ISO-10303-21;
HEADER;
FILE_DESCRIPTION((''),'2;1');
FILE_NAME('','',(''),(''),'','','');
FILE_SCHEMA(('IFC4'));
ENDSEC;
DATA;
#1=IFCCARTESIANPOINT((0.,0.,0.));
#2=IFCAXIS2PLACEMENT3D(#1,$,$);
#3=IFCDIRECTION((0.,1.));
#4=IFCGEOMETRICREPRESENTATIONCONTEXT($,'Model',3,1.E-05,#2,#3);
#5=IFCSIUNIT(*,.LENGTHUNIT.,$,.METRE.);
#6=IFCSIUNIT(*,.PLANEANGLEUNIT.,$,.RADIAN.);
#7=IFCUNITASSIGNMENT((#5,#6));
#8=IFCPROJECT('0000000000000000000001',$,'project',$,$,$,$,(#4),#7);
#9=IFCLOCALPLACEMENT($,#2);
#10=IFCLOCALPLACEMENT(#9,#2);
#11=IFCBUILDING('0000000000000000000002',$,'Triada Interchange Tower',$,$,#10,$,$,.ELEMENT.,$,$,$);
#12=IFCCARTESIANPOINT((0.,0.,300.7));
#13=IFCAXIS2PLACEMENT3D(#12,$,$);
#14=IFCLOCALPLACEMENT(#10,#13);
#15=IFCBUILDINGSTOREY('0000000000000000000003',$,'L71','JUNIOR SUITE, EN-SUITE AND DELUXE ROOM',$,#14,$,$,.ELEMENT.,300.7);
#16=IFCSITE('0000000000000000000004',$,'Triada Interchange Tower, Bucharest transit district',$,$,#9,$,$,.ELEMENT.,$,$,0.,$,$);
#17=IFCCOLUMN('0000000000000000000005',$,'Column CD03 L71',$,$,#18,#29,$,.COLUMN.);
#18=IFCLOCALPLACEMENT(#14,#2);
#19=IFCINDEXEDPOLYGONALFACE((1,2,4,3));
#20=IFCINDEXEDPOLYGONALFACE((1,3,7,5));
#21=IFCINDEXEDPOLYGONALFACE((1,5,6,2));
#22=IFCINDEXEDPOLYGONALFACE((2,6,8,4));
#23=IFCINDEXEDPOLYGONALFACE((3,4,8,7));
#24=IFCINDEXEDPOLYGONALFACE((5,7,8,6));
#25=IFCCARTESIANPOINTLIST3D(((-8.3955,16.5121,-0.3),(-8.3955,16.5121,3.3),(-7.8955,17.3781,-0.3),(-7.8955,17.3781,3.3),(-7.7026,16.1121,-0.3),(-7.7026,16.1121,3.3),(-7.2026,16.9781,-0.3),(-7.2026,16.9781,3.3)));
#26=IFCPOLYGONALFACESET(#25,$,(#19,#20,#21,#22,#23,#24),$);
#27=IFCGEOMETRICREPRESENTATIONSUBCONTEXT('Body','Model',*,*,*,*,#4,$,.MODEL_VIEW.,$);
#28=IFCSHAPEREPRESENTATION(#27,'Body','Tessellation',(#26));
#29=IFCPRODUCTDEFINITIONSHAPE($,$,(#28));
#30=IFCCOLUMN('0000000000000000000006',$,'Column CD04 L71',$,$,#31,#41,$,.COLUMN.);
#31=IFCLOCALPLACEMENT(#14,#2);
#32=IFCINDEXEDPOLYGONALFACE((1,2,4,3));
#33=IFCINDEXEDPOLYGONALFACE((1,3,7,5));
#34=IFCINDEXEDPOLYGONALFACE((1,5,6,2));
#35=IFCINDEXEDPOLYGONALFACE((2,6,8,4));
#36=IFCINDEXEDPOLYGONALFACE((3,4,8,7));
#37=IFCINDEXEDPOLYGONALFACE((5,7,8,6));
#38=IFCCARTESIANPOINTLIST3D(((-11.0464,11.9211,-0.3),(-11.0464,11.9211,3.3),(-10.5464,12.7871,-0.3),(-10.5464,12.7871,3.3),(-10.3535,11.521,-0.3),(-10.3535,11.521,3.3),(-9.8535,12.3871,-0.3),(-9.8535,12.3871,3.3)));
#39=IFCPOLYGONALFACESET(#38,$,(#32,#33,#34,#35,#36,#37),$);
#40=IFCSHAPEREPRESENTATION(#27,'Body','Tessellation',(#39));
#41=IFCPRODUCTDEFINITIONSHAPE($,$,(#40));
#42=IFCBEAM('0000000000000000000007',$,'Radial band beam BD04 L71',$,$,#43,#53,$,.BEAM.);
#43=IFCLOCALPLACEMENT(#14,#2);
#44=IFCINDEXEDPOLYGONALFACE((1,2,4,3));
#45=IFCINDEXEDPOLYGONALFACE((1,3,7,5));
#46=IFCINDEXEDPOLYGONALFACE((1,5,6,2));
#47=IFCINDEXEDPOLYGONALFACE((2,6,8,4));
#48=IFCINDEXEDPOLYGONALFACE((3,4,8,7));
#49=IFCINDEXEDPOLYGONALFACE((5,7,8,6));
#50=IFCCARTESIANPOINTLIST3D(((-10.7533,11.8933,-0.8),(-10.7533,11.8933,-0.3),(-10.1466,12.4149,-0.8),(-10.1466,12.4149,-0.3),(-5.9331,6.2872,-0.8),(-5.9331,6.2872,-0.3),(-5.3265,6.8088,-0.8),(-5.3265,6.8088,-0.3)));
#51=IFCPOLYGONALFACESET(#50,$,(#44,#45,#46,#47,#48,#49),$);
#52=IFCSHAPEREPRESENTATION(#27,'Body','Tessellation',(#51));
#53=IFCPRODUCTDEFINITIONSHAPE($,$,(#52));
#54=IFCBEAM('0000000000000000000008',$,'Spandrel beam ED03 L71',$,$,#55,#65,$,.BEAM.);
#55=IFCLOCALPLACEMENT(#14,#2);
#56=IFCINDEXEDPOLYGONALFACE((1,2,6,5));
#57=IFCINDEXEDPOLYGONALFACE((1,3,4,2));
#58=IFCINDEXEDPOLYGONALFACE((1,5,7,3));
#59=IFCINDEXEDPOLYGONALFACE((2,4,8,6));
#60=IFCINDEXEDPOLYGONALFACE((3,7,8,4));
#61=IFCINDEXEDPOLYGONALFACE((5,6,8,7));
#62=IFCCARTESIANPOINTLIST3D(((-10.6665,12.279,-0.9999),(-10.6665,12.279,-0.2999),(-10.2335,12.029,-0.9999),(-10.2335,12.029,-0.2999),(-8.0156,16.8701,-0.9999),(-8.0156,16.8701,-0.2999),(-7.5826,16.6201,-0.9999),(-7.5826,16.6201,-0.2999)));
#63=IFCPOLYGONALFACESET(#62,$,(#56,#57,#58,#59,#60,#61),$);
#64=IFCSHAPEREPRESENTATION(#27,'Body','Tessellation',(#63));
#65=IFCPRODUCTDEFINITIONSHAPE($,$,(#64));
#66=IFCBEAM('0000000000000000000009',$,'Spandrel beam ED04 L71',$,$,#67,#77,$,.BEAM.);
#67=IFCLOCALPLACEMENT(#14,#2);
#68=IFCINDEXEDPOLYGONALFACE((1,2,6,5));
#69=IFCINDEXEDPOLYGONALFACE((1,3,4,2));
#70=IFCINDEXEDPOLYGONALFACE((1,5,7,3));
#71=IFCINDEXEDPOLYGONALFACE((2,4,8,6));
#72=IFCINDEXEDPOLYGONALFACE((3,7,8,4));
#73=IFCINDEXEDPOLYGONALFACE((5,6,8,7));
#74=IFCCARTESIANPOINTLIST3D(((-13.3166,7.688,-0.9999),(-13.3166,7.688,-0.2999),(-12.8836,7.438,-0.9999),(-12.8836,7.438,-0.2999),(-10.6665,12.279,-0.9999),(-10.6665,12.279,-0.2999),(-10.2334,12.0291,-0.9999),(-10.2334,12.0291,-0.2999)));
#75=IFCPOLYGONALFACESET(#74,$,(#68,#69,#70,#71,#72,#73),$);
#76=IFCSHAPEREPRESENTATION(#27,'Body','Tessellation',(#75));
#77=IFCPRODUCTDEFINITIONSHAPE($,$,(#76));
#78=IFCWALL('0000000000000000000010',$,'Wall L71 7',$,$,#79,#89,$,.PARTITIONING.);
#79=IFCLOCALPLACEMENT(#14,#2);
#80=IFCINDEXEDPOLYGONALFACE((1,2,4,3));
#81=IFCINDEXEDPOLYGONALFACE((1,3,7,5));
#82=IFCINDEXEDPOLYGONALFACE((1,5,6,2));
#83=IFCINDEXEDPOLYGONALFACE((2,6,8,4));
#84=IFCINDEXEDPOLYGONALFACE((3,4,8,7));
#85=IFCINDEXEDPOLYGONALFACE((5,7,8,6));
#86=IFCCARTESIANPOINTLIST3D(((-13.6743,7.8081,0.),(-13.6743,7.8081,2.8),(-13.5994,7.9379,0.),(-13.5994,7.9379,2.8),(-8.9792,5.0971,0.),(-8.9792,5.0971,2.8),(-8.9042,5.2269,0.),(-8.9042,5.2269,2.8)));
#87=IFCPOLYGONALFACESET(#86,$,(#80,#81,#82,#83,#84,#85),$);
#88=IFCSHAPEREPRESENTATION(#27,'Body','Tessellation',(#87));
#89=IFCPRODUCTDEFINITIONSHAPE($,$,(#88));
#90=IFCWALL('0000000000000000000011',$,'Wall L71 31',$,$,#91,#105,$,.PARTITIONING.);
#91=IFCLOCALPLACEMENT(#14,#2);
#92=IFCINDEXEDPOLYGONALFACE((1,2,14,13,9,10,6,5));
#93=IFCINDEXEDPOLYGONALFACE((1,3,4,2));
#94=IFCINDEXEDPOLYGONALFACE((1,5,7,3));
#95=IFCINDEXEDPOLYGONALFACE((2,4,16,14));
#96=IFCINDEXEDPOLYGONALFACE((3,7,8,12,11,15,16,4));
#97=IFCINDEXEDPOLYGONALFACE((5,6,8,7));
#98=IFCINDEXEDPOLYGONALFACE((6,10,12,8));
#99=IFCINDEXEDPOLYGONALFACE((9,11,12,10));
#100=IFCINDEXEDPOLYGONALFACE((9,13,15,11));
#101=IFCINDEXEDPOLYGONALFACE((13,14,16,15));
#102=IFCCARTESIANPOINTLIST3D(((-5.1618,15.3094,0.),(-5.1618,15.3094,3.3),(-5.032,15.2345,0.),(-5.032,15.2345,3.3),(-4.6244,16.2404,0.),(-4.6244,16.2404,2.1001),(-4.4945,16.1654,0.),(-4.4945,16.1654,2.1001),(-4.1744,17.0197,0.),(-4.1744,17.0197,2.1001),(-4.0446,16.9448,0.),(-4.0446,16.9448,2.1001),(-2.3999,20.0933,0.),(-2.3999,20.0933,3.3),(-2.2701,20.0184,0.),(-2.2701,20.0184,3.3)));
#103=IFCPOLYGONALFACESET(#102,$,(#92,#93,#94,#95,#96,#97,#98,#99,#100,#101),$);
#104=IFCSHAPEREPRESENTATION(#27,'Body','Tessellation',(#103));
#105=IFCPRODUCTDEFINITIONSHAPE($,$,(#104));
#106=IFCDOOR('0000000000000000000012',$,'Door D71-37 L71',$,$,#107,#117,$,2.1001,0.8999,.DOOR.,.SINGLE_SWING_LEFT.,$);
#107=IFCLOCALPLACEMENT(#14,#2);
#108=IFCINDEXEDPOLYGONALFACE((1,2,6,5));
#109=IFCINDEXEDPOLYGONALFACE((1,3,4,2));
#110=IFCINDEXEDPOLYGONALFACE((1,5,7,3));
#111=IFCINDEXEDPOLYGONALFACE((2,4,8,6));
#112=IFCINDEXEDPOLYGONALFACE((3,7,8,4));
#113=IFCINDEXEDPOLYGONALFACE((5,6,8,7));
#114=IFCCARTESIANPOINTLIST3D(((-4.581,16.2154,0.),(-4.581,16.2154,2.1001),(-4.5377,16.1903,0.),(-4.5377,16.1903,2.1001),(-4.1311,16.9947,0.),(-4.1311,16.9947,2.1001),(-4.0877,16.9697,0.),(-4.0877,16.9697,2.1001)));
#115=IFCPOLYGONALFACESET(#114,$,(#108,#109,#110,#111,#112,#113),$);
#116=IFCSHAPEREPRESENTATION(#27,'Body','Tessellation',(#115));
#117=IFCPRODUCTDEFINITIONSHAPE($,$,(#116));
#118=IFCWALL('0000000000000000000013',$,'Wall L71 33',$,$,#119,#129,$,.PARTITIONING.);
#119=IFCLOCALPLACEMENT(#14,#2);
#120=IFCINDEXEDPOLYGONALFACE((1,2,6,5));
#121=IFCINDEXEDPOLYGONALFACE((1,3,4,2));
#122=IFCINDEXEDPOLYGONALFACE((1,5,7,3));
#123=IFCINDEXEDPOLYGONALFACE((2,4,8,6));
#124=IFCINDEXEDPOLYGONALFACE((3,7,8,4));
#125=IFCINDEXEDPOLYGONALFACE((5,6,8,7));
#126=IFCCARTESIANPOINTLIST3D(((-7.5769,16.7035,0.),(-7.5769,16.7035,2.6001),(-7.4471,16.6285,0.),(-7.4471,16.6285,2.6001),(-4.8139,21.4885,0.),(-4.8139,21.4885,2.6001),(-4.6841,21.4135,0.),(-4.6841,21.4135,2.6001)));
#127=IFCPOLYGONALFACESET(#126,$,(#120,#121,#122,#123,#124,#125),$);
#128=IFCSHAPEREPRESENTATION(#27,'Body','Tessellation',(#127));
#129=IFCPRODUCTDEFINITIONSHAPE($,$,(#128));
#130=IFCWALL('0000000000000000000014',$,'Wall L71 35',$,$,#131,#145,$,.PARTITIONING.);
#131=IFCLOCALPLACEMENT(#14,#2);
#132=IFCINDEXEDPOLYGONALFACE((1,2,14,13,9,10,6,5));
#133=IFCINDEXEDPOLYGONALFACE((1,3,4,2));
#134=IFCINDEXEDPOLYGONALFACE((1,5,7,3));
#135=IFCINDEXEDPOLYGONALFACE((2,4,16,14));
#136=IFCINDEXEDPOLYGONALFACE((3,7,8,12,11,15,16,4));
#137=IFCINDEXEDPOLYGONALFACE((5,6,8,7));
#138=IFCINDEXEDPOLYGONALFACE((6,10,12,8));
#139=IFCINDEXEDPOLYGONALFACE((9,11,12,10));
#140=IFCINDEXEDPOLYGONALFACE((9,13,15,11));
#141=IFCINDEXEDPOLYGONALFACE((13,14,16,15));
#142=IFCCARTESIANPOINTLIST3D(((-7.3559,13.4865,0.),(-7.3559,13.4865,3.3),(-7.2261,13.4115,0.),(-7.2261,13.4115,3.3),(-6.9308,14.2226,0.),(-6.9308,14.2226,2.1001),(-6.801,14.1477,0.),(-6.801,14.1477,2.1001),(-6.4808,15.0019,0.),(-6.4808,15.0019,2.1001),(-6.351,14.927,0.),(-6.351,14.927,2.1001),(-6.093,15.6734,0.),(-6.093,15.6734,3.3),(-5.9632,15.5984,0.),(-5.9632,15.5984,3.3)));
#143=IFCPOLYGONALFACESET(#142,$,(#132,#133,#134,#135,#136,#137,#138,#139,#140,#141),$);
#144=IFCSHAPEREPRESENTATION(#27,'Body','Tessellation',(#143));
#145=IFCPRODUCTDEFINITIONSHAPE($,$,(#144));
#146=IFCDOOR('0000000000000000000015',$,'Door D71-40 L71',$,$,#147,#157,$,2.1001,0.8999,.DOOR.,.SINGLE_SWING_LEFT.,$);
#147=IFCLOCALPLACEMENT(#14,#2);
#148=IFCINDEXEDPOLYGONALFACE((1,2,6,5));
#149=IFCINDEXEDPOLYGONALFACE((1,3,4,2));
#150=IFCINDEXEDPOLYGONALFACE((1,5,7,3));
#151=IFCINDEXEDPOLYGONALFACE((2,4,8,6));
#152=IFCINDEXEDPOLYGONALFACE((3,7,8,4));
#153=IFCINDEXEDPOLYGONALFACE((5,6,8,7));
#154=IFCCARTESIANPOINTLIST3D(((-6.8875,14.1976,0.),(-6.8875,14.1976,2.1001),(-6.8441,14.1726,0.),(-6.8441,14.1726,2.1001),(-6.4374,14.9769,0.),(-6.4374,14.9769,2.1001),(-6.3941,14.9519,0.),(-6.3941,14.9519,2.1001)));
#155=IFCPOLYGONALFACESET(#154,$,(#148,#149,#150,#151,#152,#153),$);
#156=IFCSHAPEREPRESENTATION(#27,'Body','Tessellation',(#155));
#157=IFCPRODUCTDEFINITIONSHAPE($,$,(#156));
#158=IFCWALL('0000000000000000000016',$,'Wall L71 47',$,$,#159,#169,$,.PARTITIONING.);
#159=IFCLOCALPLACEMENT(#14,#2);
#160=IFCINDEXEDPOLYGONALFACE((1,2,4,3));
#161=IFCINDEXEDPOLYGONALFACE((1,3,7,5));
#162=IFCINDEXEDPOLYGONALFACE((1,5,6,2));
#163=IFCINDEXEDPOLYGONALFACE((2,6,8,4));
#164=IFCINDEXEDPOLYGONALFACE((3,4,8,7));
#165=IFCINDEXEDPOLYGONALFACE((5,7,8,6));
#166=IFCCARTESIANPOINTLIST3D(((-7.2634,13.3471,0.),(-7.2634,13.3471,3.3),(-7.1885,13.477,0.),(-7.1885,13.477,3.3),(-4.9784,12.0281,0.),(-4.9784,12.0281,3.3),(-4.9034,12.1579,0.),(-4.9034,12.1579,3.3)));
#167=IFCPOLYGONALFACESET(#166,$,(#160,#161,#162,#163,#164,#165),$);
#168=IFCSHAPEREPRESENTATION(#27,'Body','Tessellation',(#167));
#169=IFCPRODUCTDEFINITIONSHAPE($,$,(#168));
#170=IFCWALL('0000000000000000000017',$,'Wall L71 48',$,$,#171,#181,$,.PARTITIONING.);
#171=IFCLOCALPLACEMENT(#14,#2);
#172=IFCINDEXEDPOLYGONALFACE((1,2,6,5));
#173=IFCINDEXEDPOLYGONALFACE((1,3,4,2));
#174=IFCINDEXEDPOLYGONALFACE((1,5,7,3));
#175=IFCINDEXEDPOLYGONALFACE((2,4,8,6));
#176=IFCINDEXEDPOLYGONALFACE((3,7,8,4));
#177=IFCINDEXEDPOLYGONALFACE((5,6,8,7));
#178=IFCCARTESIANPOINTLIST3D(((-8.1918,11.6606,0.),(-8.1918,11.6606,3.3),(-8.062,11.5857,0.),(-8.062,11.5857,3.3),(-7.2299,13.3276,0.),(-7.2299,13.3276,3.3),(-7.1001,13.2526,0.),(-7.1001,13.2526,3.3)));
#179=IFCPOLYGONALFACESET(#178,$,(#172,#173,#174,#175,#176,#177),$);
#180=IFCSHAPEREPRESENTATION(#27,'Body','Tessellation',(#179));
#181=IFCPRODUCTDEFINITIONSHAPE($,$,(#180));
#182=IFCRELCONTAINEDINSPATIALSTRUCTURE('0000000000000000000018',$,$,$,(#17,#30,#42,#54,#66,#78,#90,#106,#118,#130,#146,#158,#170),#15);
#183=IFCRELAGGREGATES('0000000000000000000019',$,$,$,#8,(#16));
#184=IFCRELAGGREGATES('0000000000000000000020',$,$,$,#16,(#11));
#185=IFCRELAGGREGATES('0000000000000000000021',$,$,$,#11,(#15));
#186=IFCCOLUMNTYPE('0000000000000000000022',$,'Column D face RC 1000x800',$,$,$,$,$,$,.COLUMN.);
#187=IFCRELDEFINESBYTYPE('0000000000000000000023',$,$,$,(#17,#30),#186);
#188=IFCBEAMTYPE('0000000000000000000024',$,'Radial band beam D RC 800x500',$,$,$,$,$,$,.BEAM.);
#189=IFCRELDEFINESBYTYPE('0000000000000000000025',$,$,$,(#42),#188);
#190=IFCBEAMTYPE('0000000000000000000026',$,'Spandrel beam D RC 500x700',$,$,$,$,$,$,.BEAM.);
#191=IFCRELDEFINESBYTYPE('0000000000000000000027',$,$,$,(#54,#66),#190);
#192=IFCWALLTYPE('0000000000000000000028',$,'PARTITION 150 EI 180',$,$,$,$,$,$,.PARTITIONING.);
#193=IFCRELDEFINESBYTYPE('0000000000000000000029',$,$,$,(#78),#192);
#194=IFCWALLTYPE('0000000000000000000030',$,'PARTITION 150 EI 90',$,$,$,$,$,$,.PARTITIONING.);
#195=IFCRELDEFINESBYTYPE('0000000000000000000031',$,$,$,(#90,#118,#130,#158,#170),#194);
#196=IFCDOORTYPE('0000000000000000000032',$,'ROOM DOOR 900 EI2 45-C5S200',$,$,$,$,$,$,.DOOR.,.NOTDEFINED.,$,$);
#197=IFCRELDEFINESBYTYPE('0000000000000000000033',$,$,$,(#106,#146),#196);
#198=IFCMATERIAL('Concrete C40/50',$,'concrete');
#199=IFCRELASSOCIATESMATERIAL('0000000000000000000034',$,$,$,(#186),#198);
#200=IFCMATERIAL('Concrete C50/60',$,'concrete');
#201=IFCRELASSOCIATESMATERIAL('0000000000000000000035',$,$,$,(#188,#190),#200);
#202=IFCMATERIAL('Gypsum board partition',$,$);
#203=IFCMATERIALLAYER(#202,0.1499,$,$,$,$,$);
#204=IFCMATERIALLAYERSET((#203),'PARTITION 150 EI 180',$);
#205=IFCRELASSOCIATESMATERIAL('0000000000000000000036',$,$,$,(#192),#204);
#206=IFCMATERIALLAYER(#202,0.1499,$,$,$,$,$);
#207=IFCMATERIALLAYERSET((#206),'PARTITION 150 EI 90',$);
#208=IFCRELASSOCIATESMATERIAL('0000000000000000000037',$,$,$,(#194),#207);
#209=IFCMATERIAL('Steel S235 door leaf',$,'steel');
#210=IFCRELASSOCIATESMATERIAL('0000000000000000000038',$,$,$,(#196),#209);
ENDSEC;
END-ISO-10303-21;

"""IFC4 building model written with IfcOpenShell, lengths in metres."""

from ifc_helpers import new_model, si_unit, direction, frame, frame_2d, origin, origin_2d, place, context, subcontext, project, spatial, rectangle, extrude, material, layer, layer_set, material_profile, profile_set, type_object, element, fill, save


model = new_model("IFC4")

# Units and contexts
model_context = context("Model", 3, precision=1e-05, world=origin(), true_north=direction((0.0, 1.0)))
body_context = subcontext(model_context, "Body", "Model", "MODEL_VIEW")
ifc_project = project(units=[si_unit("LENGTHUNIT", "METRE"), si_unit("PLANEANGLEUNIT", "RADIAN")], contexts=[model_context])

# Site, building, storey
site_placement = place(None, origin())
site = spatial("IfcSite", under=ifc_project, at=site_placement, Name="Triada Interchange Tower, Bucharest transit district", CompositionType="ELEMENT", RefElevation=0.0)
building_placement = place(site_placement, origin())
building = spatial("IfcBuilding", under=site, at=building_placement, Name="Triada Interchange Tower", CompositionType="ELEMENT")
storey_placement = place(building_placement, frame((0.0, 0.0, 300.7)))
storey = spatial("IfcBuildingStorey", under=building, at=storey_placement, Name="L71", Description="JUNIOR SUITE, EN-SUITE AND DELUXE ROOM", CompositionType="ELEMENT", Elevation=300.7)

# Columns
ifc_material_1 = material(Name="Concrete C40/50", Category="concrete")
ifc_material_profile_1 = material_profile(ifc_material_1, rectangle(XDim=1.0, YDim=0.8, at=origin_2d()), Name="RC 1000x800")
ifc_profile_set_1 = profile_set([ifc_material_profile_1], Name="Concrete C40/50")
column_type = type_object("IfcColumnType", Name="Column D face RC 1000x800", PredefinedType="COLUMN", material=ifc_profile_set_1)
for number, where, z_axis, x_axis, name in (
    (1, (-7.7991, 16.7451, -0.3), (0.0, 0.0, 1.0), (0.5, 0.866025, 0.0), "Column CD03 L71"),
    (2, (-10.45, 12.1541, -0.3), (0.0, 0.0, 1.0), (0.5, 0.866025, 0.0), "Column CD04 L71"),
):
    element("IfcColumn", number, at=place(storey_placement, frame(where, z_axis=z_axis, x_axis=x_axis)), inside=storey, type_object=column_type, Name=name, PredefinedType="COLUMN", context=body_context, shape_type="SweptSolid", body=[
        extrude(rectangle(XDim=1.0, YDim=0.8, at=origin_2d()), origin(), (0.0, 0.0, 1.0), 3.6001),
    ])

# Beams
ifc_material_2 = material(Name="Concrete C50/60", Category="concrete")
ifc_material_profile_2 = material_profile(ifc_material_2, rectangle(XDim=0.8, YDim=0.5, at=origin_2d()), Name="RC 800x500")
ifc_profile_set_2 = profile_set([ifc_material_profile_2], Name="Concrete C50/60")
beam_type_1 = type_object("IfcBeamType", Name="Radial band beam D RC 800x500", PredefinedType="BEAM", material=ifc_profile_set_2)
beam_1_placement = place(storey_placement, frame((-10.45, 12.1541, -0.55), z_axis=(0.651957, -0.758256, 0.0), x_axis=(0.758256, 0.651957, 0.0)))
element("IfcBeam", 3, at=beam_1_placement, inside=storey, type_object=beam_type_1, Name="Radial band beam BD04 L71", PredefinedType="BEAM", context=body_context, shape_type="SweptSolid", body=[
    extrude(rectangle(XDim=0.8, YDim=0.5, at=origin_2d()), origin(), (0.0, 0.0, 1.0), 7.3933),
])
ifc_material_profile_3 = material_profile(ifc_material_2, rectangle(XDim=0.5, YDim=0.7, at=origin_2d()), Name="RC 500x700")
ifc_profile_set_3 = profile_set([ifc_material_profile_3], Name="Concrete C50/60")
beam_type_2 = type_object("IfcBeamType", Name="Spandrel beam D RC 500x700", PredefinedType="BEAM", material=ifc_profile_set_3)
beam_2_placement = place(storey_placement, frame((-7.7991, 16.7451, -0.6499), z_axis=(-0.500032, -0.866007, 0.0), x_axis=(0.866007, -0.500032, 0.0)))
element("IfcBeam", 4, at=beam_2_placement, inside=storey, type_object=beam_type_2, Name="Spandrel beam ED03 L71", PredefinedType="BEAM", context=body_context, shape_type="SweptSolid", body=[
    extrude(rectangle(XDim=0.5, YDim=0.7, at=origin_2d()), origin(), (0.0, 0.0, 1.0), 5.3015),
])
beam_3_placement = place(storey_placement, frame((-10.45, 12.1541, -0.6499), z_axis=(-0.499928, -0.866067, 0.0), x_axis=(0.866067, -0.499928, 0.0)))
element("IfcBeam", 5, at=beam_3_placement, inside=storey, type_object=beam_type_2, Name="Spandrel beam ED04 L71", PredefinedType="BEAM", context=body_context, shape_type="SweptSolid", body=[
    extrude(rectangle(XDim=0.5, YDim=0.7, at=origin_2d()), origin(), (0.0, 0.0, 1.0), 5.301),
])

# Shared definitions
ifc_material_3 = material(Name="Steel S235 door leaf", Category="steel")

# Wall
ifc_material_4 = material(Name="Gypsum board partition")
ifc_layer_1 = layer(ifc_material_4, 0.1499)
ifc_layer_set_1 = layer_set([ifc_layer_1], Name="PARTITION 150 EI 180")
wall_type_1 = type_object("IfcWallType", Name="PARTITION 150 EI 180", PredefinedType="PARTITIONING", material=ifc_layer_set_1)
wall_1_placement = place(storey_placement, frame((-13.637, 7.873, 0.0), z_axis=(0.0, 0.0, 1.0), x_axis=(0.866006, -0.500033, 0.0)))
element("IfcWall", 6, at=wall_1_placement, inside=storey, type_object=wall_type_1, Name="Wall L71 7", PredefinedType="PARTITIONING", context=body_context, shape_type="SweptSolid", body=[
    extrude(rectangle(XDim=5.4216, YDim=0.1499, at=frame_2d((2.7109, 0.0))), origin(), (0.0, 0.0, 1.0), 2.8),
])

# Wall, opening, door
ifc_layer_2 = layer(ifc_material_4, 0.1499)
ifc_layer_set_2 = layer_set([ifc_layer_2], Name="PARTITION 150 EI 90")
wall_type_2 = type_object("IfcWallType", Name="PARTITION 150 EI 90", PredefinedType="PARTITIONING", material=ifc_layer_set_2)
wall_2_placement = place(storey_placement, frame((-5.0969, 15.272, 0.0), z_axis=(0.0, 0.0, 1.0), x_axis=(0.499994, 0.866029, 0.0)))
wall_2 = element("IfcWall", 7, at=wall_2_placement, inside=storey, type_object=wall_type_2, Name="Wall L71 31", PredefinedType="PARTITIONING", context=body_context, shape_type="SweptSolid", body=[
    extrude(rectangle(XDim=5.5239, YDim=0.1499, at=frame_2d((2.762, 0.0))), origin(), (0.0, 0.0, 1.0), 3.3),
])
opening_1_placement = place(wall_2_placement, frame((1.075, 0.0, 0.0)))
opening_1 = element("IfcOpeningElement", 8, at=opening_1_placement, cuts=wall_2, PredefinedType="OPENING", context=body_context, shape_type="SweptSolid", body=[
    extrude(rectangle(XDim=0.8999, YDim=2.1001, at=frame_2d((0.45, 1.05))), frame((0.0, 0.085, 0.0), z_axis=(0.0, -1.0, 0.0), x_axis=(1.0, 0.0, 0.0)), (0.0, 0.0, 1.0), 0.1699),
])
door_type_1 = type_object("IfcDoorType", Name="ROOM DOOR 900 EI2 45-C5S200", OperationType="NOTDEFINED", PredefinedType="DOOR", material=ifc_material_3)
door_1_placement = place(opening_1_placement, origin())
door_1 = element("IfcDoor", 9, at=door_1_placement, inside=storey, type_object=door_type_1, Name="Door D71-37 L71", OperationType="SINGLE_SWING_LEFT", OverallHeight=2.1001, OverallWidth=0.8999, PredefinedType="DOOR", context=body_context, shape_type="SweptSolid", body=[
    extrude(rectangle(XDim=0.8999, YDim=2.1001, at=frame_2d((0.45, 1.05))), frame((0.0, 0.0249, 0.0), z_axis=(0.0, -1.0, 0.0), x_axis=(1.0, 0.0, 0.0)), (0.0, 0.0, 1.0), 0.05),
])
fill(opening_1, door_1)

# Wall
wall_3_placement = place(storey_placement, frame((-7.512, 16.666, 0.0), z_axis=(0.0, 0.0, 1.0), x_axis=(0.50005, 0.865996, 0.0)))
element("IfcWall", 10, at=wall_3_placement, inside=storey, type_object=wall_type_2, Name="Wall L71 33", PredefinedType="PARTITIONING", context=body_context, shape_type="SweptSolid", body=[
    extrude(rectangle(XDim=5.5254, YDim=0.1499, at=frame_2d((2.7627, 0.0))), origin(), (0.0, 0.0, 1.0), 2.6001),
])

# Wall, opening, door
wall_4_placement = place(storey_placement, frame((-7.291, 13.449, 0.0), z_axis=(0.0, 0.0, 1.0), x_axis=(0.500079, 0.86598, 0.0)))
wall_4 = element("IfcWall", 11, at=wall_4_placement, inside=storey, type_object=wall_type_2, Name="Wall L71 35", PredefinedType="PARTITIONING", context=body_context, shape_type="SweptSolid", body=[
    extrude(rectangle(XDim=2.5254, YDim=0.1499, at=frame_2d((1.2627, 0.0))), origin(), (0.0, 0.0, 1.0), 3.3),
])
opening_2_placement = place(wall_4_placement, frame((0.8501, 0.0, 0.0)))
opening_2 = element("IfcOpeningElement", 12, at=opening_2_placement, cuts=wall_4, PredefinedType="OPENING", context=body_context, shape_type="SweptSolid", body=[
    extrude(rectangle(XDim=0.8999, YDim=2.1001, at=frame_2d((0.45, 1.05))), frame((0.0, 0.085, 0.0), z_axis=(0.0, -1.0, 0.0), x_axis=(1.0, 0.0, 0.0)), (0.0, 0.0, 1.0), 0.1699),
])
door_2_placement = place(opening_2_placement, origin())
door_2 = element("IfcDoor", 13, at=door_2_placement, inside=storey, type_object=door_type_1, Name="Door D71-40 L71", OperationType="SINGLE_SWING_LEFT", OverallHeight=2.1001, OverallWidth=0.8999, PredefinedType="DOOR", context=body_context, shape_type="SweptSolid", body=[
    extrude(rectangle(XDim=0.8999, YDim=2.1001, at=frame_2d((0.45, 1.05))), frame((0.0, 0.0249, 0.0), z_axis=(0.0, -1.0, 0.0), x_axis=(1.0, 0.0, 0.0)), (0.0, 0.0, 1.0), 0.05),
])
fill(opening_2, door_2)

# Walls
wall_5_placement = place(storey_placement, frame((-7.2261, 13.4121, 0.0), z_axis=(0.0, 0.0, 1.0), x_axis=(0.866065, -0.499931, 0.0)))
element("IfcWall", 14, at=wall_5_placement, inside=storey, type_object=wall_type_2, Name="Wall L71 47", PredefinedType="PARTITIONING", context=body_context, shape_type="SweptSolid", body=[
    extrude(rectangle(XDim=2.6384, YDim=0.1499, at=frame_2d((1.3193, 0.0))), origin(), (0.0, 0.0, 1.0), 3.3),
])
wall_6_placement = place(storey_placement, frame((-8.127, 11.623, 0.0), z_axis=(0.0, 0.0, 1.0), x_axis=(0.499796, 0.866143, 0.0)))
element("IfcWall", 15, at=wall_6_placement, inside=storey, type_object=wall_type_2, Name="Wall L71 48", PredefinedType="PARTITIONING", context=body_context, shape_type="SweptSolid", body=[
    extrude(rectangle(XDim=1.9246, YDim=0.1499, at=frame_2d((0.9624, 0.0))), origin(), (0.0, 0.0, 1.0), 3.3),
])

save(model, "model.ifc")
